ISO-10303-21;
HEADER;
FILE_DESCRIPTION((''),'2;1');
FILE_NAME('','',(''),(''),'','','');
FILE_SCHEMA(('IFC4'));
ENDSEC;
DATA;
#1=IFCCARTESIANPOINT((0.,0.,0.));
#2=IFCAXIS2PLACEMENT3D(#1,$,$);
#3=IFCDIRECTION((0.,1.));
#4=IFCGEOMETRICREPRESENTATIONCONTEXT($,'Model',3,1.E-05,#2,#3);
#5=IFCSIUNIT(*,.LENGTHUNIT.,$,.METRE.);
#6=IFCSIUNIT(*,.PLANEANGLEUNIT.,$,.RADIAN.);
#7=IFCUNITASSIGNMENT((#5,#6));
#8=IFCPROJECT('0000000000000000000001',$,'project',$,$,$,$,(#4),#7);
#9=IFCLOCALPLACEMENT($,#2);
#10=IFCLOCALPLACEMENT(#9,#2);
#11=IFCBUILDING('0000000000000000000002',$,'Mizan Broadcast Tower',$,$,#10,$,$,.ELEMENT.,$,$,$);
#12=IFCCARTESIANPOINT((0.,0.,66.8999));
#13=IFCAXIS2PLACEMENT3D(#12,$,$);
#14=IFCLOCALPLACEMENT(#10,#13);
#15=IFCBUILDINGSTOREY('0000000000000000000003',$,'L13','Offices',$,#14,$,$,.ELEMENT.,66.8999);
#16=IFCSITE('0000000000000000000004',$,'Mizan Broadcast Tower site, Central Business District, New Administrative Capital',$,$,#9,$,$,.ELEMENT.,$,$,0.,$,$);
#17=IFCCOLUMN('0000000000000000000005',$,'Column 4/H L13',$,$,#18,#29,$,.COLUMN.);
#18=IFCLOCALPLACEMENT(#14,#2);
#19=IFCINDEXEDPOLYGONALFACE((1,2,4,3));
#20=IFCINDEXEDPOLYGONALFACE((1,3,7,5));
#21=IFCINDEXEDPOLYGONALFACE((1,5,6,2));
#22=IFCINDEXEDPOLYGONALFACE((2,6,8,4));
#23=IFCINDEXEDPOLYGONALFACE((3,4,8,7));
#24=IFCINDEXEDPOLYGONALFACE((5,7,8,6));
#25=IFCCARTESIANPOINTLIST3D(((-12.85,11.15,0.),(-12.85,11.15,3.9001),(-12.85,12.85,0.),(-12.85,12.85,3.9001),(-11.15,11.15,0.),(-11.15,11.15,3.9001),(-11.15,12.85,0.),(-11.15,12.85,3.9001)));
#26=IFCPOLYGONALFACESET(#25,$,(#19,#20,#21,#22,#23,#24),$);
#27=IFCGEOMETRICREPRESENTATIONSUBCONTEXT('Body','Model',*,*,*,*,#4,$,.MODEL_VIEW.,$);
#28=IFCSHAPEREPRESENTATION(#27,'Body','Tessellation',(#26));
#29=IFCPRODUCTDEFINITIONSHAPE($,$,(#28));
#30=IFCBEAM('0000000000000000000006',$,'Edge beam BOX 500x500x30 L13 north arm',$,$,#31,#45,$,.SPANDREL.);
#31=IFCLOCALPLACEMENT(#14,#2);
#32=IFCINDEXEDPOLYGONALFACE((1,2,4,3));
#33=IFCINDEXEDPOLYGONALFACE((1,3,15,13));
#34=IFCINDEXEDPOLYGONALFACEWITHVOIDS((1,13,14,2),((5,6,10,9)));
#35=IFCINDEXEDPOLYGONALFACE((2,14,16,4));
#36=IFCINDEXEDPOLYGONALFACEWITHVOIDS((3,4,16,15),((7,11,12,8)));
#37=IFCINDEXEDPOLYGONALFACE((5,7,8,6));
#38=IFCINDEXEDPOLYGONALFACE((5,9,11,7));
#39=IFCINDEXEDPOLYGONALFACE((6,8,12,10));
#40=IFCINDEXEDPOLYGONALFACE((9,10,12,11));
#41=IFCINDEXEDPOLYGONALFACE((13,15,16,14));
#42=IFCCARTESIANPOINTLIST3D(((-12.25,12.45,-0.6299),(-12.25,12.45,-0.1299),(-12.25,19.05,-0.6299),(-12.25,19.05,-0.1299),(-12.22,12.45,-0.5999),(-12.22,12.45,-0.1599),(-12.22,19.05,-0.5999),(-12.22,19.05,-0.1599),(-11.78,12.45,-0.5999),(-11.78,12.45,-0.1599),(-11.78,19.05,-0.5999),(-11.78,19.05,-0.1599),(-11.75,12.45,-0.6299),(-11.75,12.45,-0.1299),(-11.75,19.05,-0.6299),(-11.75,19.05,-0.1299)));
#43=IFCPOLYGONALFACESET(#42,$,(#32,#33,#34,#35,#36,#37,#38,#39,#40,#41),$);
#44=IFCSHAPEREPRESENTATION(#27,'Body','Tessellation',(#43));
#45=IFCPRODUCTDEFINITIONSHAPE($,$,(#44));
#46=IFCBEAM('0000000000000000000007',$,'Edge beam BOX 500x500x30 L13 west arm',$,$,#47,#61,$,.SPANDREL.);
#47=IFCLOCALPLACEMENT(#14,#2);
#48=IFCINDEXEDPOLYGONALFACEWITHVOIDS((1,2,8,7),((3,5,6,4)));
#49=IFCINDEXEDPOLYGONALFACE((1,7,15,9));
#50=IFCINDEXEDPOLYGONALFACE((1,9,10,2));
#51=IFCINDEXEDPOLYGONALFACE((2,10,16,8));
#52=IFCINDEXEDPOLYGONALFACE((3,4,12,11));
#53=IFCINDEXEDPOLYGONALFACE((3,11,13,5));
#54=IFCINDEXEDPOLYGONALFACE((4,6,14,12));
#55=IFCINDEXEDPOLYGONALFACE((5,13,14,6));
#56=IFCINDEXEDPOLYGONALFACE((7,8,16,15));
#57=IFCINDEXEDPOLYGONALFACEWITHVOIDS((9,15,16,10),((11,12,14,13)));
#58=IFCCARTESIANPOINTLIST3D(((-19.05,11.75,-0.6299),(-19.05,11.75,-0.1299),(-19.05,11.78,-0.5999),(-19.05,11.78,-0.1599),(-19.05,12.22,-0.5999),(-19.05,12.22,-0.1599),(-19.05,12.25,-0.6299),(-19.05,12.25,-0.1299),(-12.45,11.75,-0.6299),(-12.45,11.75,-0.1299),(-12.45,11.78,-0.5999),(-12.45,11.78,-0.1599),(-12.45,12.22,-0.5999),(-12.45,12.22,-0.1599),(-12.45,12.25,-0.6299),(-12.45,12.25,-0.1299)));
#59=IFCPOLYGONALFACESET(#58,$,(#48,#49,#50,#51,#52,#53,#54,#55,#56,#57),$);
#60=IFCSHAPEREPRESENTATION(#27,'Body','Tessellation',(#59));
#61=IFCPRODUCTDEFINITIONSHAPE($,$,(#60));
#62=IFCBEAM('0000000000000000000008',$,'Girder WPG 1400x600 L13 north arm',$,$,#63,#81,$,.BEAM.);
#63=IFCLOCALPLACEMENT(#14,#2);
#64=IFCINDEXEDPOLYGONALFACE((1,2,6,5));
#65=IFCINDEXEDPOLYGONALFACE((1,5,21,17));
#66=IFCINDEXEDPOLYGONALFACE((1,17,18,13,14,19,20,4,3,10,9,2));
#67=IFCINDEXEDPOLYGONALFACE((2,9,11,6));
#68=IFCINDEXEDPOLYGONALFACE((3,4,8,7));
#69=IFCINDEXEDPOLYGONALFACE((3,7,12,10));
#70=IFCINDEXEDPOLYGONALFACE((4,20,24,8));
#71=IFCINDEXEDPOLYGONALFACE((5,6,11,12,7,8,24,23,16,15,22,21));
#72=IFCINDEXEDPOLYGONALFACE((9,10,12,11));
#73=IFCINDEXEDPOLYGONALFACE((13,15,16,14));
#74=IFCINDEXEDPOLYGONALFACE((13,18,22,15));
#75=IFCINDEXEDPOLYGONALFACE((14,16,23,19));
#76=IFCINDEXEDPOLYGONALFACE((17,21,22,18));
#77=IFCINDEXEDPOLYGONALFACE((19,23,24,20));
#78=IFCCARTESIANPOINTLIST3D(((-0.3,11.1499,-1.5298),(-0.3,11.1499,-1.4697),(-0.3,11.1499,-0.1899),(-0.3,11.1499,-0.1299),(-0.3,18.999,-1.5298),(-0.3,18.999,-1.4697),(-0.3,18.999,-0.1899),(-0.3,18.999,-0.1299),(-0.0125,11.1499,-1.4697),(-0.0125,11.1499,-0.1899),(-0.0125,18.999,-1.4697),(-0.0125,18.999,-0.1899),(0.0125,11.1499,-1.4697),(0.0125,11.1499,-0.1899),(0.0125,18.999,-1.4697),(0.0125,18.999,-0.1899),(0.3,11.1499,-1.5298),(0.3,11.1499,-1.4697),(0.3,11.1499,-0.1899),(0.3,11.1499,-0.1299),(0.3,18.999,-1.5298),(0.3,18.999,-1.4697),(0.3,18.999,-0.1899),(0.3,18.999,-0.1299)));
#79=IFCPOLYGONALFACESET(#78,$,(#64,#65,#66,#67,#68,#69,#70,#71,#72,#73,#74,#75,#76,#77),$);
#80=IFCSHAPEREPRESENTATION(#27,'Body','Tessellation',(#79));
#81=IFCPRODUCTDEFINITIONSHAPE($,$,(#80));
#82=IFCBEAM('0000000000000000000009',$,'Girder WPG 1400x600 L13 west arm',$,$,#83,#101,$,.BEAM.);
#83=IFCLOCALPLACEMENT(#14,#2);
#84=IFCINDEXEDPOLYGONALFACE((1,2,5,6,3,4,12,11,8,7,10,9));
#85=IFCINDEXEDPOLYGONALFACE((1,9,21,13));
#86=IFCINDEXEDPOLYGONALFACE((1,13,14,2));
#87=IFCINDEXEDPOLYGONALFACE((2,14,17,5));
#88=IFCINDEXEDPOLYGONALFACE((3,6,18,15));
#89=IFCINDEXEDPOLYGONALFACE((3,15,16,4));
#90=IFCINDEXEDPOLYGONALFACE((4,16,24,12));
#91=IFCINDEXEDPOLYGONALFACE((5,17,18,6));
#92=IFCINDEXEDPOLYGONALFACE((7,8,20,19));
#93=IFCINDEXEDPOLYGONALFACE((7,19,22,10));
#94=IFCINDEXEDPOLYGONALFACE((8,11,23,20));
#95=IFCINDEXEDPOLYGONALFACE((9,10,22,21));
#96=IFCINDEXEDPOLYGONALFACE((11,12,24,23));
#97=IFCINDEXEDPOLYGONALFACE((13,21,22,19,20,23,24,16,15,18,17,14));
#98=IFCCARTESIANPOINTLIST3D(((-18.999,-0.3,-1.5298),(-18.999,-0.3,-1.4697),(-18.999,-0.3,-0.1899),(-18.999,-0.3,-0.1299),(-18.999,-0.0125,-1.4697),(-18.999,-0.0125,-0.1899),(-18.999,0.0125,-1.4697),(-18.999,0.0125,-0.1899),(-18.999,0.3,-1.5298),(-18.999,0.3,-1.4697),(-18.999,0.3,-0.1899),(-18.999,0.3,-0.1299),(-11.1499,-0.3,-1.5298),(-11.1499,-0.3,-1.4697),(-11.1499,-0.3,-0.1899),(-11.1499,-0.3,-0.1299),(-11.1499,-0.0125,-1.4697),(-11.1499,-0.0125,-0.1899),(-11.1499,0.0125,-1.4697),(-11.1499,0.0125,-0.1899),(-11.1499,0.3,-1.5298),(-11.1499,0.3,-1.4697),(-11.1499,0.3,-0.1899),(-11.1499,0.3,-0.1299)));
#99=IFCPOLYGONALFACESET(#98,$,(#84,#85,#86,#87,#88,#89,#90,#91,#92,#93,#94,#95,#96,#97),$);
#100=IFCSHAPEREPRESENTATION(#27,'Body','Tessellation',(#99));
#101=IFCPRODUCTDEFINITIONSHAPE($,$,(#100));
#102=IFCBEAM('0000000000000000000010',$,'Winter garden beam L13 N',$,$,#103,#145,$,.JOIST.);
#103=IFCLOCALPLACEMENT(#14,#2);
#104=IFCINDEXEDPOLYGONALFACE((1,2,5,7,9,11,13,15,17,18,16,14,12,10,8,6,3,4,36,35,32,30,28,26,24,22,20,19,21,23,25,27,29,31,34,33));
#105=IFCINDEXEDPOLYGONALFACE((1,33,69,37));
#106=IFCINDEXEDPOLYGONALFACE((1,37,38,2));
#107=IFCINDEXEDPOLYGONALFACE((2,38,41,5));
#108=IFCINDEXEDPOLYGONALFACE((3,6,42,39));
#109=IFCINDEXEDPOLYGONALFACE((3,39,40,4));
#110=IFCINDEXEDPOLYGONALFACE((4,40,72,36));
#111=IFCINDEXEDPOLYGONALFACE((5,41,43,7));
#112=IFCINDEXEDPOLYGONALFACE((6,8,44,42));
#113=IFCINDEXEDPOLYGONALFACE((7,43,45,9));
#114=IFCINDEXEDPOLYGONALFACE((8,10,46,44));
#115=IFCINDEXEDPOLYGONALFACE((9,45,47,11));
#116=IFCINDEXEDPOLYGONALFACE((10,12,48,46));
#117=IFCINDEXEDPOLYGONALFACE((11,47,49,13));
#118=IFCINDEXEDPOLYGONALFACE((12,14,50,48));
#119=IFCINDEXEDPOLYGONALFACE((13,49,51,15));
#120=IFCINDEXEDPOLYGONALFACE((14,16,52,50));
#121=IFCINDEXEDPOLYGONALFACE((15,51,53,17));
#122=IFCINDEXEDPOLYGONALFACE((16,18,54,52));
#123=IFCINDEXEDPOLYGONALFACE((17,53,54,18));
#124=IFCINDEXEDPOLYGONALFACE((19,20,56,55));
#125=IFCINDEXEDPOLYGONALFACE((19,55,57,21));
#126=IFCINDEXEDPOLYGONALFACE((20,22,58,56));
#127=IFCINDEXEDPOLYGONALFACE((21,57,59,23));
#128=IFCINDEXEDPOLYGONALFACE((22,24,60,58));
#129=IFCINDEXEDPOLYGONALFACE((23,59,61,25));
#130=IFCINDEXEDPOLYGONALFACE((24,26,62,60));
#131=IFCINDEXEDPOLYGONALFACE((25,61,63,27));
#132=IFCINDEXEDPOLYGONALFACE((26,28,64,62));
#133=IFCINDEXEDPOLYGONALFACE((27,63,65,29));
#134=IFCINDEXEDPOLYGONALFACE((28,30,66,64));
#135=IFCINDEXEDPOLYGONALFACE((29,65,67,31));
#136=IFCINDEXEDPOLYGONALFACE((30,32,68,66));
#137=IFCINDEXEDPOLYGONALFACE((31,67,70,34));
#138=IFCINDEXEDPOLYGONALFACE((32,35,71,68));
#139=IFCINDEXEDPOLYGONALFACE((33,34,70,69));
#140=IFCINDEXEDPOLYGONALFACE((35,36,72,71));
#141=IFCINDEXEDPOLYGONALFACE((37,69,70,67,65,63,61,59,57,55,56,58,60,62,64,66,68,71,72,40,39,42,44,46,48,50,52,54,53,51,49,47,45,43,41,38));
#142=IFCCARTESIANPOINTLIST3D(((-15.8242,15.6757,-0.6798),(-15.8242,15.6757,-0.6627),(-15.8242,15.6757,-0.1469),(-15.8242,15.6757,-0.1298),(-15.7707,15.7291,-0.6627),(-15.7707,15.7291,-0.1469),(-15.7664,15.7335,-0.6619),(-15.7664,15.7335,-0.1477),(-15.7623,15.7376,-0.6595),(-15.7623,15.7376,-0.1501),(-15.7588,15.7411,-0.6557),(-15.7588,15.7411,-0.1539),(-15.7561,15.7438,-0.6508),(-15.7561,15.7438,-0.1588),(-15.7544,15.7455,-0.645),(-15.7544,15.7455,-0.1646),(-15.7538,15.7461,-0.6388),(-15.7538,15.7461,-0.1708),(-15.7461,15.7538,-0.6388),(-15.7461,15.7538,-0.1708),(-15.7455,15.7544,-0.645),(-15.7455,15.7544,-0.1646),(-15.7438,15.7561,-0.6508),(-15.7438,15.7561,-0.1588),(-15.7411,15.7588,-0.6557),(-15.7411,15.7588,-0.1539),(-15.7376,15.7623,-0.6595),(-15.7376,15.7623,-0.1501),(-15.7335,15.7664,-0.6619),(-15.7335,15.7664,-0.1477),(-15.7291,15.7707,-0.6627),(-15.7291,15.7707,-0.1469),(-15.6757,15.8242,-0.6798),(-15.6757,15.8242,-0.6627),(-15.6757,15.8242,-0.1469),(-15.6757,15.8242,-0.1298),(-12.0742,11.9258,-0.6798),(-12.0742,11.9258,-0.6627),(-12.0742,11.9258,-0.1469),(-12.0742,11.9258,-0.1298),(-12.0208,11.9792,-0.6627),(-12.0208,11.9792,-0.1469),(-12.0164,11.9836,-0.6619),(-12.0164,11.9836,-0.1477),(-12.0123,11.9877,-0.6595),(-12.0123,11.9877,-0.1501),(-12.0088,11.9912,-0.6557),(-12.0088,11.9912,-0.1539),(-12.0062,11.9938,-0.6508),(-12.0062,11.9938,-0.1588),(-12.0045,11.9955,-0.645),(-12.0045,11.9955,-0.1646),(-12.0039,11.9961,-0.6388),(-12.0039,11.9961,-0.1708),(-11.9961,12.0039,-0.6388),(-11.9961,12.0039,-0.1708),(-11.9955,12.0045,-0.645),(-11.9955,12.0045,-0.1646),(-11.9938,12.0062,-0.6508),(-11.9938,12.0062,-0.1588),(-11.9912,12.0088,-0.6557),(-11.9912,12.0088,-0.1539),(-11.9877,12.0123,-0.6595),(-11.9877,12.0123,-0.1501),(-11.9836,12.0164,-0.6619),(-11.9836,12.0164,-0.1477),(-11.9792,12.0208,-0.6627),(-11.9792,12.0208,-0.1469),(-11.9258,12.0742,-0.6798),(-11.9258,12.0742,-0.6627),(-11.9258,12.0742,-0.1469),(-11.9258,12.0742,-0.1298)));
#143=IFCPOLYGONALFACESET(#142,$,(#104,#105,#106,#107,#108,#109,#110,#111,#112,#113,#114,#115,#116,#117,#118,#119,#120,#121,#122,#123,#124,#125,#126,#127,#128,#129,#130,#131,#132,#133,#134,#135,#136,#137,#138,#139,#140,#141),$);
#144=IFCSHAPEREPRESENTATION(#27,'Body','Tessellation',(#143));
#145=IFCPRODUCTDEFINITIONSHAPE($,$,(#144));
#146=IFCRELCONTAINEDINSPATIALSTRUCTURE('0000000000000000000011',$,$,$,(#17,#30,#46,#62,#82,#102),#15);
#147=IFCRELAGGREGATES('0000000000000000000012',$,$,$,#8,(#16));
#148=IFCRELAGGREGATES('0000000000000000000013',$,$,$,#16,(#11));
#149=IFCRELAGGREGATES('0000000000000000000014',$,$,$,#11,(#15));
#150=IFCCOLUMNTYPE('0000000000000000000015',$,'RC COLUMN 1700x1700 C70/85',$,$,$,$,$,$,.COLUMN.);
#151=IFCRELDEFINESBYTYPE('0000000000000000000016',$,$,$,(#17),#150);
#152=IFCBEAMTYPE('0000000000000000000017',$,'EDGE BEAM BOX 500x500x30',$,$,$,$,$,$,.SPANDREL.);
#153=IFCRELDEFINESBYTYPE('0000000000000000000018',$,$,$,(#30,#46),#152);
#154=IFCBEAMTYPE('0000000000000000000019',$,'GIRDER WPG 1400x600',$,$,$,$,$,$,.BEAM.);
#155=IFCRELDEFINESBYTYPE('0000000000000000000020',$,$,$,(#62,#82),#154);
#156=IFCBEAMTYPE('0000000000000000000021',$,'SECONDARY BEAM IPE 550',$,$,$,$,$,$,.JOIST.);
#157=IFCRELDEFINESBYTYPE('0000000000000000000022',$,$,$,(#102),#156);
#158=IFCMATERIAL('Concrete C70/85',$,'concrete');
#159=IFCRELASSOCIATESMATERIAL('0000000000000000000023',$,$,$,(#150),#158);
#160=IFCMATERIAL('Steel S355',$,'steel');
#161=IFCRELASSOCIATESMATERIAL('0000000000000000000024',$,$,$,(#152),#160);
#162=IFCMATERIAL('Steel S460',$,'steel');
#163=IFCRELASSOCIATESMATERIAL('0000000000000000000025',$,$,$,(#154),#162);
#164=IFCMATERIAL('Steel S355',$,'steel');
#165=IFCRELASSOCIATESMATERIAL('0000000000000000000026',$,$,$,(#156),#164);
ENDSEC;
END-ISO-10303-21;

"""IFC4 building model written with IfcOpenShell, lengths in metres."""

from ifc_helpers import new_model, si_unit, direction, frame, origin, origin_2d, place, context, subcontext, project, spatial, rectangle, hollow_rectangle, i_section, extrude, material, material_profile, profile_set, type_object, element, save


model = new_model("IFC4")

# Units and contexts
model_context = context("Model", 3, precision=1e-05, world=origin(), true_north=direction((0.0, 1.0)))
body_context = subcontext(model_context, "Body", "Model", "MODEL_VIEW")
ifc_project = project(units=[si_unit("LENGTHUNIT", "METRE"), si_unit("PLANEANGLEUNIT", "RADIAN")], contexts=[model_context])

# Site, building, storey
site_placement = place(None, origin())
site = spatial("IfcSite", under=ifc_project, at=site_placement, Name="Mizan Broadcast Tower site, Central Business District, New Administrative Capital", CompositionType="ELEMENT", RefElevation=0.0)
building_placement = place(site_placement, origin())
building = spatial("IfcBuilding", under=site, at=building_placement, Name="Mizan Broadcast Tower", CompositionType="ELEMENT")
storey_placement = place(building_placement, frame((0.0, 0.0, 66.8999)))
storey = spatial("IfcBuildingStorey", under=building, at=storey_placement, Name="L13", Description="Offices", CompositionType="ELEMENT", Elevation=66.8999)

# Column
ifc_material_1 = material(Name="Concrete C70/85", Category="concrete")
ifc_material_profile_1 = material_profile(ifc_material_1, rectangle(XDim=1.7, YDim=1.7, at=origin_2d()), Name="RC 1700x1700")
ifc_profile_set_1 = profile_set([ifc_material_profile_1], Name="Concrete C70/85")
column_type = type_object("IfcColumnType", Name="RC COLUMN 1700x1700 C70/85", PredefinedType="COLUMN", material=ifc_profile_set_1)
column_placement = place(storey_placement, frame((-12.0, 12.0, 0.0), z_axis=(0.0, 0.0, 1.0), x_axis=(1.0, 0.0, 0.0)))
element("IfcColumn", 1, at=column_placement, inside=storey, type_object=column_type, Name="Column 4/H L13", PredefinedType="COLUMN", context=body_context, shape_type="SweptSolid", body=[
    extrude(rectangle(XDim=1.7, YDim=1.7, at=origin_2d()), origin(), (0.0, 0.0, 1.0), 3.9001),
])

# Beams
ifc_material_2 = material(Name="Steel S355", Category="steel")
ifc_material_profile_2 = material_profile(ifc_material_2, hollow_rectangle(XDim=0.5, YDim=0.5, WallThickness=0.03, at=origin_2d()), Name="BOX 500x500x30")
ifc_profile_set_2 = profile_set([ifc_material_profile_2], Name="Steel S355")
beam_type_1 = type_object("IfcBeamType", Name="EDGE BEAM BOX 500x500x30", PredefinedType="SPANDREL", material=ifc_profile_set_2)
for number, where, z_axis, x_axis, name in (
    (2, (-12.0, 12.45, -0.3799), (0.0, 1.0, 0.0), (-1.0, 0.0, 0.0), "Edge beam BOX 500x500x30 L13 north arm"),
    (3, (-12.45, 12.0, -0.3799), (-1.0, 0.0, 0.0), (0.0, -1.0, 0.0), "Edge beam BOX 500x500x30 L13 west arm"),
):
    element("IfcBeam", number, at=place(storey_placement, frame(where, z_axis=z_axis, x_axis=x_axis)), inside=storey, type_object=beam_type_1, Name=name, PredefinedType="SPANDREL", context=body_context, shape_type="SweptSolid", body=[
        extrude(hollow_rectangle(XDim=0.5, YDim=0.5, WallThickness=0.03, at=origin_2d()), origin(), (0.0, 0.0, 1.0), 6.6001),
    ])
ifc_material_3 = material(Name="Steel S460", Category="steel")
ifc_material_profile_3 = material_profile(ifc_material_3, i_section(OverallWidth=0.6001, OverallDepth=1.3999, WebThickness=0.0249, FlangeThickness=0.0601, at=origin_2d()), Name="WPG 1400x600")
ifc_profile_set_3 = profile_set([ifc_material_profile_3], Name="Steel S460")
beam_type_2 = type_object("IfcBeamType", Name="GIRDER WPG 1400x600", PredefinedType="BEAM", material=ifc_profile_set_3)
for number, where, z_axis, x_axis, name in (
    (4, (0.0, 11.1499, -0.8298), (0.0, 1.0, 0.0), (-1.0, 0.0, 0.0), "Girder WPG 1400x600 L13 north arm"),
    (5, (-11.1499, 0.0, -0.8298), (-1.0, 0.0, 0.0), (0.0, -1.0, 0.0), "Girder WPG 1400x600 L13 west arm"),
):
    element("IfcBeam", number, at=place(storey_placement, frame(where, z_axis=z_axis, x_axis=x_axis)), inside=storey, type_object=beam_type_2, Name=name, PredefinedType="BEAM", context=body_context, shape_type="SweptSolid", body=[
        extrude(i_section(OverallWidth=0.6001, OverallDepth=1.3999, WebThickness=0.0249, FlangeThickness=0.0601, at=origin_2d()), origin(), (0.0, 0.0, 1.0), 7.8491),
    ])
ifc_material_4 = material(Name="Steel S355", Category="steel")
ifc_material_profile_4 = material_profile(ifc_material_4, i_section(OverallWidth=0.21, OverallDepth=0.55, WebThickness=0.011, FlangeThickness=0.0171, FilletRadius=0.0239, at=origin_2d()), Name="IPE 550")
ifc_profile_set_4 = profile_set([ifc_material_profile_4], Name="Steel S355")
beam_type_3 = type_object("IfcBeamType", Name="SECONDARY BEAM IPE 550", PredefinedType="JOIST", material=ifc_profile_set_4)
beam_placement = place(storey_placement, frame((-12.0, 12.0, -0.4048), z_axis=(-0.707107, 0.707107, 0.0), x_axis=(-0.707107, -0.707107, 0.0)))
element("IfcBeam", 6, at=beam_placement, inside=storey, type_object=beam_type_3, Name="Winter garden beam L13 N", PredefinedType="JOIST", context=body_context, shape_type="SweptSolid", body=[
    extrude(i_section(OverallWidth=0.21, OverallDepth=0.55, WebThickness=0.011, FlangeThickness=0.0171, FilletRadius=0.0239, at=origin_2d()), origin(), (0.0, 0.0, 1.0), 5.3032),
])

save(model, "model.ifc")
